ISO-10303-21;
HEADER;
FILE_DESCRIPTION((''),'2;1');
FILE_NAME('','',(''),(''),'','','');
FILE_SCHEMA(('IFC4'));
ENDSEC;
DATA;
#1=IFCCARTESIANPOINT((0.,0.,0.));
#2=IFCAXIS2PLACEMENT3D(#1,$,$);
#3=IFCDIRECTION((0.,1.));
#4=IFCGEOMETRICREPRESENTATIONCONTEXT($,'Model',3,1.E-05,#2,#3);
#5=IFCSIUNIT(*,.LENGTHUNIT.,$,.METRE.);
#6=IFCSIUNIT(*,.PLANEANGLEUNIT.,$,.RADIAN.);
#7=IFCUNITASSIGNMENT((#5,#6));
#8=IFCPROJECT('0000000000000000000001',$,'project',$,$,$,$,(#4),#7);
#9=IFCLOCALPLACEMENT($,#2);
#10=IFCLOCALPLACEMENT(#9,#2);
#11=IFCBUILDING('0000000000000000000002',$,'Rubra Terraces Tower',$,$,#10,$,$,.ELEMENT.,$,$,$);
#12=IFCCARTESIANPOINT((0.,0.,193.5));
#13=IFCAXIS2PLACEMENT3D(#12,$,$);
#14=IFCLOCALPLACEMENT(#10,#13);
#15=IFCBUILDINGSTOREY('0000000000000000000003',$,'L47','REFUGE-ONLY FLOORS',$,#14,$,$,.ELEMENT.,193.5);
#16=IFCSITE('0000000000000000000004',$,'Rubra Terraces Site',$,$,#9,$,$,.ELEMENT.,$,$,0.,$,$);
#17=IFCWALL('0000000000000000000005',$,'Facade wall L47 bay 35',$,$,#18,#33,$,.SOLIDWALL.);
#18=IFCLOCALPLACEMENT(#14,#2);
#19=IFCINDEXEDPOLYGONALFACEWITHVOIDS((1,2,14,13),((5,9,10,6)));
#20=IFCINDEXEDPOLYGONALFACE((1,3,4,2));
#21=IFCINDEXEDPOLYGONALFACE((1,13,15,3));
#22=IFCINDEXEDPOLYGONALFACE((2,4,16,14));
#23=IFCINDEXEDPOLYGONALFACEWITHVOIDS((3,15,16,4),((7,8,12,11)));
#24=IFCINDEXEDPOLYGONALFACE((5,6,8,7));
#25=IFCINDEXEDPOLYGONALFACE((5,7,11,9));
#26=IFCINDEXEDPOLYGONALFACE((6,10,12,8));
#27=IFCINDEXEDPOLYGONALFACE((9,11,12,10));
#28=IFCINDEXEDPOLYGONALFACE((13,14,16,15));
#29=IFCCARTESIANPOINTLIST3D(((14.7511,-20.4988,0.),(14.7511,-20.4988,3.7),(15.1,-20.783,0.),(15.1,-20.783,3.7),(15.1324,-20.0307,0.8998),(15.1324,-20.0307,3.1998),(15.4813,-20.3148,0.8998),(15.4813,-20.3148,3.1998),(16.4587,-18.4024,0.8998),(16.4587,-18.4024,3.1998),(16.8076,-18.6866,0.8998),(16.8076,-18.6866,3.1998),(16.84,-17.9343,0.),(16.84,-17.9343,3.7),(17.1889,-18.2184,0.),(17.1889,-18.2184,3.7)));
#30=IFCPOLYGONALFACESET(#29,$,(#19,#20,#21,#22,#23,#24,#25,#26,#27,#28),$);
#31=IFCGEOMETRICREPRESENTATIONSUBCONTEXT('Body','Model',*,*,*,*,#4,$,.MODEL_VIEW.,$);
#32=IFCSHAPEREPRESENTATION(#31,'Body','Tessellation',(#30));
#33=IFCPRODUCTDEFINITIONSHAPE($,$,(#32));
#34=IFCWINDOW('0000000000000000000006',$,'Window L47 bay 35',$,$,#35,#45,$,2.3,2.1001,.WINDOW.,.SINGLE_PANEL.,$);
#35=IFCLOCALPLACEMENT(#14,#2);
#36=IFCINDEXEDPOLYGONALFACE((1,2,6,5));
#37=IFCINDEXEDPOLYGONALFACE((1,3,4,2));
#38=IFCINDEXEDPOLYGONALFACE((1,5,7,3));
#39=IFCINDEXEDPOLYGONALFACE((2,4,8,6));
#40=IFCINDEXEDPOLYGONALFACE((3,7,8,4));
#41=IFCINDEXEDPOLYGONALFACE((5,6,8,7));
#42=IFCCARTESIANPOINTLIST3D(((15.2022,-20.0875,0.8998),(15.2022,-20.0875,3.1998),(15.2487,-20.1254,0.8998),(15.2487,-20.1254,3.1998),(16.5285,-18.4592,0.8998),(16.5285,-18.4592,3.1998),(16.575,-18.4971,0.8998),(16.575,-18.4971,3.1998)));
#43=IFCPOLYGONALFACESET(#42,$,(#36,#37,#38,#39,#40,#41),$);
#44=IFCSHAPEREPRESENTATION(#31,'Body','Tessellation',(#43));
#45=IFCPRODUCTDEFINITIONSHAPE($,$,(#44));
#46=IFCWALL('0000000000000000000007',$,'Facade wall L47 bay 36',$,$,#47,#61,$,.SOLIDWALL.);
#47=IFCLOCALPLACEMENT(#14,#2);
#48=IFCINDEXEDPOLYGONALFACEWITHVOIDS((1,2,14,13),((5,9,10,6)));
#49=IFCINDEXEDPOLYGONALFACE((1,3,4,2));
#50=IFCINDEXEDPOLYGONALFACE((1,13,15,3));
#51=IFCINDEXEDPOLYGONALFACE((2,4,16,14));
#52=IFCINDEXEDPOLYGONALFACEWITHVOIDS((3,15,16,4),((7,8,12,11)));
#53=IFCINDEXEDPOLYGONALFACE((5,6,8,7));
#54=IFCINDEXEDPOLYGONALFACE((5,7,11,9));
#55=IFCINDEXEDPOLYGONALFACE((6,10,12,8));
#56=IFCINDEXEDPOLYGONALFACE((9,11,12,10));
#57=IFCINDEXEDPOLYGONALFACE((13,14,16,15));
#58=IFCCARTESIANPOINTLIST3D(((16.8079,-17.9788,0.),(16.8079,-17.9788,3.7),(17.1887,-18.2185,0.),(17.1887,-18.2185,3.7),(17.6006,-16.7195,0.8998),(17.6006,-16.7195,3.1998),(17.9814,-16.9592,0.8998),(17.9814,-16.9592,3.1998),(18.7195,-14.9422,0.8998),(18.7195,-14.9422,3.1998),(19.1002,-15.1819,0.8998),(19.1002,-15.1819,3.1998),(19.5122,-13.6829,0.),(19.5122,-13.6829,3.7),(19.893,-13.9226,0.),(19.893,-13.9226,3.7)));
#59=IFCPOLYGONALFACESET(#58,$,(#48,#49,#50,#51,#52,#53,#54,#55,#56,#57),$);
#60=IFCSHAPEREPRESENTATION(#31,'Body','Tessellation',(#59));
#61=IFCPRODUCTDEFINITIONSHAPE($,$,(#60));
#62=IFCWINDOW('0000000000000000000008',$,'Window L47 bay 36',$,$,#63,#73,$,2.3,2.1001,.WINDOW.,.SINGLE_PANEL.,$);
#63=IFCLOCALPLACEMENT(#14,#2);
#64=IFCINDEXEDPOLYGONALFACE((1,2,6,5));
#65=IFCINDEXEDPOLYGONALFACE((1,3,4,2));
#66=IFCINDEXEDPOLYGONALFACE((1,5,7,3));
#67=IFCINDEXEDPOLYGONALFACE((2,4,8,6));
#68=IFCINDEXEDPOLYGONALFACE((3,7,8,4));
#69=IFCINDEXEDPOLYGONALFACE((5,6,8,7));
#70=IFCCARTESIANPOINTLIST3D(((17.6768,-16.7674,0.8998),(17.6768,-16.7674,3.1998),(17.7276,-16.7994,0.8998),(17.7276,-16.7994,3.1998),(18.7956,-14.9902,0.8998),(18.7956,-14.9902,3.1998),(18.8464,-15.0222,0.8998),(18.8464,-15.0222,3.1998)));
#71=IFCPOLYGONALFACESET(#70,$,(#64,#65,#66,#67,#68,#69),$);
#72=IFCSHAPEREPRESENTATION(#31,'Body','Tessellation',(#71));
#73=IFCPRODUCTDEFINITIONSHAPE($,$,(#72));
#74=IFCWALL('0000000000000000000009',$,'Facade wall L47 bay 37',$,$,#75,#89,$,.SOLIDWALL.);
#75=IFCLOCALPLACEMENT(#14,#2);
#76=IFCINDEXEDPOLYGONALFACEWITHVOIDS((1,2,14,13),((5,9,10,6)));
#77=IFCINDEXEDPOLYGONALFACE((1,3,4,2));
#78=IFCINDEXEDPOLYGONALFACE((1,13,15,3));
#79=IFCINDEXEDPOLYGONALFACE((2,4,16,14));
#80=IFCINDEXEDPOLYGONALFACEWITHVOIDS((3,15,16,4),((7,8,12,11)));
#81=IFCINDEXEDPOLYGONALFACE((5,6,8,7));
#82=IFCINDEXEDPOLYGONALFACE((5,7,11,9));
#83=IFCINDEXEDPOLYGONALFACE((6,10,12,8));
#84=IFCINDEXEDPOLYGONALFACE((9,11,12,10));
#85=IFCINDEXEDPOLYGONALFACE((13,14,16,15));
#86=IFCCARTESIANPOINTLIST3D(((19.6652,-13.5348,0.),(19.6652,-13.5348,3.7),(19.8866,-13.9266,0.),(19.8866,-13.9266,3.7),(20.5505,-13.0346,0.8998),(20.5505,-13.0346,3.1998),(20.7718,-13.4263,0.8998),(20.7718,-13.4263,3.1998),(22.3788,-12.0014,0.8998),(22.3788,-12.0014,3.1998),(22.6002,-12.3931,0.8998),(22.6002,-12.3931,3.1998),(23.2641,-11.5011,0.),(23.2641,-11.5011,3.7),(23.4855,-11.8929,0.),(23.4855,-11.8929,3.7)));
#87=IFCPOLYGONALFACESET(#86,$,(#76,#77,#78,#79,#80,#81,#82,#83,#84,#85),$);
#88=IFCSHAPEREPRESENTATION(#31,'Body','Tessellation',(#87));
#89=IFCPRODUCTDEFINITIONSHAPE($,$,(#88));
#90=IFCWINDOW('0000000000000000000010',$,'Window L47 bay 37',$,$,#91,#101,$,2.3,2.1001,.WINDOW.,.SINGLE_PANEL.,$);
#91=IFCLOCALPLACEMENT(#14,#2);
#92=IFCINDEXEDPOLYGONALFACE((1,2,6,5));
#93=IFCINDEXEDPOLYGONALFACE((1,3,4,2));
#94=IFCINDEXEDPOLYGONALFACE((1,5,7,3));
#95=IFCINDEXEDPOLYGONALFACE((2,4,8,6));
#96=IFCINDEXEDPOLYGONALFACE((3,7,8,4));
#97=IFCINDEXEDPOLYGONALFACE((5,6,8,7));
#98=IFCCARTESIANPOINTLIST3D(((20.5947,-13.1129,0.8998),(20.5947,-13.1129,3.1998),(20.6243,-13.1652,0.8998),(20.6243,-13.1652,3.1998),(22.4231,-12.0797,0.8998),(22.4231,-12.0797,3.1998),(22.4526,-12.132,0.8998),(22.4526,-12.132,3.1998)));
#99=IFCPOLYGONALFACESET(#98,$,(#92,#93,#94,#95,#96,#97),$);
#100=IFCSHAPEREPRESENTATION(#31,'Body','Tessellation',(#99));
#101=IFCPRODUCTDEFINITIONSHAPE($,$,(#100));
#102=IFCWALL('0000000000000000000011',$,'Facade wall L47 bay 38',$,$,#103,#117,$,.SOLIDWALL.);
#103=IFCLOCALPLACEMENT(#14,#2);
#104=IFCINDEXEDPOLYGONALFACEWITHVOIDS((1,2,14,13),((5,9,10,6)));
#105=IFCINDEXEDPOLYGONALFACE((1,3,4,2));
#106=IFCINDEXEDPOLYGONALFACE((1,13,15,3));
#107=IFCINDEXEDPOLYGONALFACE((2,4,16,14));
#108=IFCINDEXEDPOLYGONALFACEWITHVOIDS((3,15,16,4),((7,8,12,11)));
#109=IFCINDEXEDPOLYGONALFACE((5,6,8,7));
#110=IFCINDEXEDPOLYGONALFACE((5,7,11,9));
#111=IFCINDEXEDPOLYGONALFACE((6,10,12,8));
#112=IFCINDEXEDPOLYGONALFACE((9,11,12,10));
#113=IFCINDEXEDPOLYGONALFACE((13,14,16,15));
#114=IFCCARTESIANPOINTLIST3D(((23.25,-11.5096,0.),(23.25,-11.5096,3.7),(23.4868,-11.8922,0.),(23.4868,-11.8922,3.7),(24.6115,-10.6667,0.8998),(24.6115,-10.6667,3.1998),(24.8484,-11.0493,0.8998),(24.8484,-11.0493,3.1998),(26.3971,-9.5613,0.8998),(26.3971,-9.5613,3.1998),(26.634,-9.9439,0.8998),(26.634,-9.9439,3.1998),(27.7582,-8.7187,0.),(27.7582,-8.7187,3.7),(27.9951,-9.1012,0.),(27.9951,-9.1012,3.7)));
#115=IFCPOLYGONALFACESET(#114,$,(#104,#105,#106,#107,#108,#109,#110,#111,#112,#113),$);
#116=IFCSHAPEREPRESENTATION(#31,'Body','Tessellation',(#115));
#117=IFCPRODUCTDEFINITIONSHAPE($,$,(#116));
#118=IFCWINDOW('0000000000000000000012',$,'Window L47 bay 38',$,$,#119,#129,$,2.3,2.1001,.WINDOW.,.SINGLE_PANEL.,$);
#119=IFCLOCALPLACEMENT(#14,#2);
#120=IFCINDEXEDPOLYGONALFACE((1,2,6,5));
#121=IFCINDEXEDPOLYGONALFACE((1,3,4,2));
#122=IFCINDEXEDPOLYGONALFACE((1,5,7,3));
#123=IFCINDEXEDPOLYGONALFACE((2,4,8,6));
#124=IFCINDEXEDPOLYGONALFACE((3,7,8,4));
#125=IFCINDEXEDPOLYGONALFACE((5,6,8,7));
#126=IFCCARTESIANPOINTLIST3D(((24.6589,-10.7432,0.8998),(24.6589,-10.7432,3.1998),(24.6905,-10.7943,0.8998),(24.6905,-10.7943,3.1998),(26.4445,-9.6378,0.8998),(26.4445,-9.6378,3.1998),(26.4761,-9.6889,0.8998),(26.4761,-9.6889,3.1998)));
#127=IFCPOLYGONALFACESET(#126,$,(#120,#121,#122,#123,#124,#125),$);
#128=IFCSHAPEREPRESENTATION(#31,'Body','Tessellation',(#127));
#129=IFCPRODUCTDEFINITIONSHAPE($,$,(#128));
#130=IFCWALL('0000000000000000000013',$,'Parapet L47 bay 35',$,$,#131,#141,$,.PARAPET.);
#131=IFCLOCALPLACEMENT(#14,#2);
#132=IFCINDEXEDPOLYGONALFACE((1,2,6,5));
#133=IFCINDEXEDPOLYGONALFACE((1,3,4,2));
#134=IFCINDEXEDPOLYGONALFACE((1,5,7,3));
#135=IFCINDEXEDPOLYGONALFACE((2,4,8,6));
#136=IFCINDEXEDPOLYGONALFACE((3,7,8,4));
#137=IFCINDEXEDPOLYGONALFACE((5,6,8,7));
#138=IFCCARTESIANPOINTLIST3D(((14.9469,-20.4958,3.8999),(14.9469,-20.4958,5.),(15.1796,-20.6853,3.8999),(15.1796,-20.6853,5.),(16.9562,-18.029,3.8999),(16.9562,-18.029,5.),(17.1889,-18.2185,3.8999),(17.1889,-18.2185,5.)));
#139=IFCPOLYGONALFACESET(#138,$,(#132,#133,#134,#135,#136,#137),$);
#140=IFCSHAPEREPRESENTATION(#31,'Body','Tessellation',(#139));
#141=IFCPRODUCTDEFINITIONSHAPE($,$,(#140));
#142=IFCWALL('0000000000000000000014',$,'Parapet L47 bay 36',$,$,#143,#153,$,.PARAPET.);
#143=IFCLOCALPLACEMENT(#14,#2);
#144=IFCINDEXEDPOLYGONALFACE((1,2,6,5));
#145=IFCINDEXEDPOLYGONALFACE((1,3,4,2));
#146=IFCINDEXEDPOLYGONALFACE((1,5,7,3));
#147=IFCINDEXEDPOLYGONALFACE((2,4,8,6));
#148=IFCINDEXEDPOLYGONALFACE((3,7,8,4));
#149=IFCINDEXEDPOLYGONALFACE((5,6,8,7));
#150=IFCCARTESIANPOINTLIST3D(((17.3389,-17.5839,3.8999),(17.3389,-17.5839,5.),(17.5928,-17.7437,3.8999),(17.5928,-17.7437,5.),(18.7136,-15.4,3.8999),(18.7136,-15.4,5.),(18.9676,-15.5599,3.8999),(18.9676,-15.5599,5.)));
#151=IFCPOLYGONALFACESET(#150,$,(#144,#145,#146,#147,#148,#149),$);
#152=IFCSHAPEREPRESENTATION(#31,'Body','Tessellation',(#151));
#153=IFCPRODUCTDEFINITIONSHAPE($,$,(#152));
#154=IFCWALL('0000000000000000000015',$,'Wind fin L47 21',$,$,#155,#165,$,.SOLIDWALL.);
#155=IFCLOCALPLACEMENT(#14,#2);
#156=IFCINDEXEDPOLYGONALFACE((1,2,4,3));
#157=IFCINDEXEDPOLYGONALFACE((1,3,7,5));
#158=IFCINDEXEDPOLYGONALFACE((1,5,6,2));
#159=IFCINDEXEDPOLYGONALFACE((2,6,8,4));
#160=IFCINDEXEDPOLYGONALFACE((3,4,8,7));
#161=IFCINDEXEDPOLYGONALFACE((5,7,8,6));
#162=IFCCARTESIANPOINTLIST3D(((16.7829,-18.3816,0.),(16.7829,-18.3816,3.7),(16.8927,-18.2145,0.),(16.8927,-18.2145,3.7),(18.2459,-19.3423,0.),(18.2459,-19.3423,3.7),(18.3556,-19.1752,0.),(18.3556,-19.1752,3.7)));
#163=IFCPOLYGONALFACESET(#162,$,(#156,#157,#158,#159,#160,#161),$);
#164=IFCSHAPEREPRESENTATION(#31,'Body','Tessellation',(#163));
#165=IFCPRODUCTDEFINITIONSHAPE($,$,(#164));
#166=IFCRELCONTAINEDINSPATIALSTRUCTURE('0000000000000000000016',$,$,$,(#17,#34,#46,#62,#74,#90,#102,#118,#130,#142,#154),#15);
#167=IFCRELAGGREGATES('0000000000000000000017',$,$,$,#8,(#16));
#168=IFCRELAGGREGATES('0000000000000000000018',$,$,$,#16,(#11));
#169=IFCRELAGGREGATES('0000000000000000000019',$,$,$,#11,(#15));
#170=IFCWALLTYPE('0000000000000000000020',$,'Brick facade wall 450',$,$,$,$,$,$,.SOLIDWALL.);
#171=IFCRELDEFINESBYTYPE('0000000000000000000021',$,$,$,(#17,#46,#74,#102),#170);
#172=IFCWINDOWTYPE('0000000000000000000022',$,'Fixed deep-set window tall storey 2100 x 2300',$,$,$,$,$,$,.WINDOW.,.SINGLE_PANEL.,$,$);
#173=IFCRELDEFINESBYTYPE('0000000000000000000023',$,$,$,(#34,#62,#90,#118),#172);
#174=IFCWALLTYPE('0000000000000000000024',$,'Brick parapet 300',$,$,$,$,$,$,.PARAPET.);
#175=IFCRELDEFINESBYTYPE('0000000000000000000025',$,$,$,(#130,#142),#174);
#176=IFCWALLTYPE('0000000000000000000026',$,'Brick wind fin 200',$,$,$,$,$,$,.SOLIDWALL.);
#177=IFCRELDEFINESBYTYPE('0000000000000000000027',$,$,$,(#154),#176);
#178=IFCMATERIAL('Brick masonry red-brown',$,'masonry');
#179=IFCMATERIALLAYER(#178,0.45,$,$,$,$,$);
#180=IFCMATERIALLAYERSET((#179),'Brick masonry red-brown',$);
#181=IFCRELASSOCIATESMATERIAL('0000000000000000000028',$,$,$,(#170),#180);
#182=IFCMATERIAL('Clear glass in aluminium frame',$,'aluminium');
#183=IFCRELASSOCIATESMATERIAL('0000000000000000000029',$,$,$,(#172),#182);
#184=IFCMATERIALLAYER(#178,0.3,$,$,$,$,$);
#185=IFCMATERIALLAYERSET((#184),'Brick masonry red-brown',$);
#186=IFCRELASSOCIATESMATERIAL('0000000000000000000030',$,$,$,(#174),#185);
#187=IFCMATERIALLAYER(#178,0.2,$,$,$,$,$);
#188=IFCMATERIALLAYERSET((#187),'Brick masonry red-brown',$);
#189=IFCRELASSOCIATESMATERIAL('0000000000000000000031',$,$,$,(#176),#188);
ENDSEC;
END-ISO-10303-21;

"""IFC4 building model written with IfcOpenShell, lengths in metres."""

from ifc_helpers import new_model, si_unit, direction, frame, frame_2d, origin, place, context, subcontext, project, spatial, rectangle, extrude, material, layer, layer_set, type_object, element, fill, save


model = new_model("IFC4")

# Units and contexts
model_context = context("Model", 3, precision=1e-05, world=origin(), true_north=direction((0.0, 1.0)))
body_context = subcontext(model_context, "Body", "Model", "MODEL_VIEW")
ifc_project = project(units=[si_unit("LENGTHUNIT", "METRE"), si_unit("PLANEANGLEUNIT", "RADIAN")], contexts=[model_context])

# Site, building, storey
site_placement = place(None, origin())
site = spatial("IfcSite", under=ifc_project, at=site_placement, Name="Rubra Terraces Site", CompositionType="ELEMENT", RefElevation=0.0)
building_placement = place(site_placement, origin())
building = spatial("IfcBuilding", under=site, at=building_placement, Name="Rubra Terraces Tower", CompositionType="ELEMENT")
storey_placement = place(building_placement, frame((0.0, 0.0, 193.5)))
storey = spatial("IfcBuildingStorey", under=building, at=storey_placement, Name="L47", Description="REFUGE-ONLY FLOORS", CompositionType="ELEMENT", Elevation=193.5)

# Walls, openings, windows
ifc_material_1 = material(Name="Brick masonry red-brown", Category="masonry")
ifc_layer_1 = layer(ifc_material_1, 0.45)
ifc_layer_set_1 = layer_set([ifc_layer_1], Name="Brick masonry red-brown")
wall_type_1 = type_object("IfcWallType", Name="Brick facade wall 450", PredefinedType="SOLIDWALL", material=ifc_layer_set_1)
wall_1_placement = place(storey_placement, frame((14.9255, -20.6409, 0.0), z_axis=(0.0, 0.0, 1.0), x_axis=(0.631548, 0.775337, 0.0)))
wall_1 = element("IfcWall", 1, at=wall_1_placement, inside=storey, type_object=wall_type_1, Name="Facade wall L47 bay 35", PredefinedType="SOLIDWALL", context=body_context, shape_type="SweptSolid", body=[
    extrude(rectangle(XDim=3.3076, YDim=0.45, at=frame_2d((1.6538, 0.0))), origin(), (0.0, 0.0, 1.0), 3.7),
])
opening_1_placement = place(wall_1_placement, frame((0.6038, 0.0, 0.8999)))
opening_1 = element("IfcOpeningElement", 2, at=opening_1_placement, cuts=wall_1, PredefinedType="OPENING", context=body_context, shape_type="SweptSolid", body=[
    extrude(rectangle(XDim=2.1001, YDim=2.3, at=frame_2d((1.05, 1.1499))), frame((0.0, 0.2349, 0.0), z_axis=(0.0, -1.0, 0.0), x_axis=(1.0, 0.0, 0.0)), (0.0, 0.0, 1.0), 0.47),
])
ifc_material_2 = material(Name="Clear glass in aluminium frame", Category="aluminium")
window_type = type_object("IfcWindowType", Name="Fixed deep-set window tall storey 2100 x 2300", PartitioningType="SINGLE_PANEL", PredefinedType="WINDOW", material=ifc_material_2)
window_1_placement = place(opening_1_placement, origin())
window_1 = element("IfcWindow", 3, at=window_1_placement, inside=storey, type_object=window_type, Name="Window L47 bay 35", OverallHeight=2.3, OverallWidth=2.1001, PartitioningType="SINGLE_PANEL", PredefinedType="WINDOW", context=body_context, shape_type="SweptSolid", body=[
    extrude(rectangle(XDim=2.1001, YDim=2.3, at=frame_2d((1.05, 1.1499))), frame((0.0, 0.135, 0.0), z_axis=(0.0, -1.0, 0.0), x_axis=(1.0, 0.0, 0.0)), (0.0, 0.0, 1.0), 0.0601),
])
fill(opening_1, window_1)
wall_2_placement = place(storey_placement, frame((16.9983, -18.0986, 0.0), z_axis=(0.0, 0.0, 1.0), x_axis=(0.532746, 0.846275, 0.0)))
wall_2 = element("IfcWall", 4, at=wall_2_placement, inside=storey, type_object=wall_type_1, Name="Facade wall L47 bay 36", PredefinedType="SOLIDWALL", context=body_context, shape_type="SweptSolid", body=[
    extrude(rectangle(XDim=5.0762, YDim=0.45, at=frame_2d((2.5381, 0.0))), origin(), (0.0, 0.0, 1.0), 3.7),
])
opening_2_placement = place(wall_2_placement, frame((1.488, 0.0, 0.8999)))
opening_2 = element("IfcOpeningElement", 5, at=opening_2_placement, cuts=wall_2, PredefinedType="OPENING", context=body_context, shape_type="SweptSolid", body=[
    extrude(rectangle(XDim=2.1001, YDim=2.3, at=frame_2d((1.05, 1.1499))), frame((0.0, 0.2349, 0.0), z_axis=(0.0, -1.0, 0.0), x_axis=(1.0, 0.0, 0.0)), (0.0, 0.0, 1.0), 0.47),
])
window_2_placement = place(opening_2_placement, origin())
window_2 = element("IfcWindow", 6, at=window_2_placement, inside=storey, type_object=window_type, Name="Window L47 bay 36", OverallHeight=2.3, OverallWidth=2.1001, PartitioningType="SINGLE_PANEL", PredefinedType="WINDOW", context=body_context, shape_type="SweptSolid", body=[
    extrude(rectangle(XDim=2.1001, YDim=2.3, at=frame_2d((1.05, 1.1499))), frame((0.0, 0.135, 0.0), z_axis=(0.0, -1.0, 0.0), x_axis=(1.0, 0.0, 0.0)), (0.0, 0.0, 1.0), 0.0601),
])
fill(opening_2, window_2)
wall_3_placement = place(storey_placement, frame((19.7759, -13.7307, 0.0), z_axis=(0.0, 0.0, 1.0), x_axis=(0.87061, 0.491974, 0.0)))
wall_3 = element("IfcWall", 7, at=wall_3_placement, inside=storey, type_object=wall_type_1, Name="Facade wall L47 bay 37", PredefinedType="SOLIDWALL", context=body_context, shape_type="SweptSolid", body=[
    extrude(rectangle(XDim=4.1338, YDim=0.45, at=frame_2d((2.0669, 0.0))), origin(), (0.0, 0.0, 1.0), 3.7),
])
opening_3_placement = place(wall_3_placement, frame((1.0168, 0.0, 0.8999)))
opening_3 = element("IfcOpeningElement", 8, at=opening_3_placement, cuts=wall_3, PredefinedType="OPENING", context=body_context, shape_type="SweptSolid", body=[
    extrude(rectangle(XDim=2.1001, YDim=2.3, at=frame_2d((1.05, 1.1499))), frame((0.0, 0.2349, 0.0), z_axis=(0.0, -1.0, 0.0), x_axis=(1.0, 0.0, 0.0)), (0.0, 0.0, 1.0), 0.47),
])
window_3_placement = place(opening_3_placement, origin())
window_3 = element("IfcWindow", 9, at=window_3_placement, inside=storey, type_object=window_type, Name="Window L47 bay 37", OverallHeight=2.3, OverallWidth=2.1001, PartitioningType="SINGLE_PANEL", PredefinedType="WINDOW", context=body_context, shape_type="SweptSolid", body=[
    extrude(rectangle(XDim=2.1001, YDim=2.3, at=frame_2d((1.05, 1.1499))), frame((0.0, 0.135, 0.0), z_axis=(0.0, -1.0, 0.0), x_axis=(1.0, 0.0, 0.0)), (0.0, 0.0, 1.0), 0.0601),
])
fill(opening_3, window_3)
wall_4_placement = place(storey_placement, frame((23.3684, -11.7009, 0.0), z_axis=(0.0, 0.0, 1.0), x_axis=(0.850251, 0.526377, 0.0)))
wall_4 = element("IfcWall", 10, at=wall_4_placement, inside=storey, type_object=wall_type_1, Name="Facade wall L47 bay 38", PredefinedType="SOLIDWALL", context=body_context, shape_type="SweptSolid", body=[
    extrude(rectangle(XDim=5.3022, YDim=0.45, at=frame_2d((2.6511, 0.0))), origin(), (0.0, 0.0, 1.0), 3.7),
])
opening_4_placement = place(wall_4_placement, frame((1.6013, 0.0, 0.8999)))
opening_4 = element("IfcOpeningElement", 11, at=opening_4_placement, cuts=wall_4, PredefinedType="OPENING", context=body_context, shape_type="SweptSolid", body=[
    extrude(rectangle(XDim=2.1001, YDim=2.3, at=frame_2d((1.05, 1.1499))), frame((0.0, 0.2349, 0.0), z_axis=(0.0, -1.0, 0.0), x_axis=(1.0, 0.0, 0.0)), (0.0, 0.0, 1.0), 0.47),
])
window_4_placement = place(opening_4_placement, origin())
window_4 = element("IfcWindow", 12, at=window_4_placement, inside=storey, type_object=window_type, Name="Window L47 bay 38", OverallHeight=2.3, OverallWidth=2.1001, PartitioningType="SINGLE_PANEL", PredefinedType="WINDOW", context=body_context, shape_type="SweptSolid", body=[
    extrude(rectangle(XDim=2.1001, YDim=2.3, at=frame_2d((1.05, 1.1499))), frame((0.0, 0.135, 0.0), z_axis=(0.0, -1.0, 0.0), x_axis=(1.0, 0.0, 0.0)), (0.0, 0.0, 1.0), 0.0601),
])
fill(opening_4, window_4)

# Walls
ifc_layer_2 = layer(ifc_material_1, 0.3)
ifc_layer_set_2 = layer_set([ifc_layer_2], Name="Brick masonry red-brown")
wall_type_2 = type_object("IfcWallType", Name="Brick parapet 300", PredefinedType="PARAPET", material=ifc_layer_set_2)
wall_5_placement = place(storey_placement, frame((15.0632, -20.5906, 3.8999), z_axis=(0.0, 0.0, 1.0), x_axis=(0.63154, 0.775344, 0.0)))
element("IfcWall", 13, at=wall_5_placement, inside=storey, type_object=wall_type_2, Name="Parapet L47 bay 35", PredefinedType="PARAPET", context=body_context, shape_type="SweptSolid", body=[
    extrude(rectangle(XDim=3.1816, YDim=0.3, at=frame_2d((1.5908, 0.0))), origin(), (0.0, 0.0, 1.0), 1.1001),
])
wall_6_placement = place(storey_placement, frame((17.4658, -17.6638, 3.8999), z_axis=(0.0, 0.0, 1.0), x_axis=(0.532743, 0.846277, 0.0)))
element("IfcWall", 14, at=wall_6_placement, inside=storey, type_object=wall_type_2, Name="Parapet L47 bay 36", PredefinedType="PARAPET", context=body_context, shape_type="SweptSolid", body=[
    extrude(rectangle(XDim=2.5806, YDim=0.3, at=frame_2d((1.2903, 0.0))), origin(), (0.0, 0.0, 1.0), 1.1001),
])
ifc_layer_3 = layer(ifc_material_1, 0.2)
ifc_layer_set_3 = layer_set([ifc_layer_3], Name="Brick masonry red-brown")
wall_type_3 = type_object("IfcWallType", Name="Brick wind fin 200", PredefinedType="SOLIDWALL", material=ifc_layer_set_3)
wall_7_placement = place(storey_placement, frame((16.8379, -18.2981, 0.0), z_axis=(0.0, 0.0, 1.0), x_axis=(0.835872, -0.548925, 0.0)))
element("IfcWall", 15, at=wall_7_placement, inside=storey, type_object=wall_type_3, Name="Wind fin L47 21", PredefinedType="SOLIDWALL", context=body_context, shape_type="SweptSolid", body=[
    extrude(rectangle(XDim=1.7502, YDim=0.2, at=frame_2d((0.875, 0.0))), origin(), (0.0, 0.0, 1.0), 3.7),
])

save(model, "model.ifc")
